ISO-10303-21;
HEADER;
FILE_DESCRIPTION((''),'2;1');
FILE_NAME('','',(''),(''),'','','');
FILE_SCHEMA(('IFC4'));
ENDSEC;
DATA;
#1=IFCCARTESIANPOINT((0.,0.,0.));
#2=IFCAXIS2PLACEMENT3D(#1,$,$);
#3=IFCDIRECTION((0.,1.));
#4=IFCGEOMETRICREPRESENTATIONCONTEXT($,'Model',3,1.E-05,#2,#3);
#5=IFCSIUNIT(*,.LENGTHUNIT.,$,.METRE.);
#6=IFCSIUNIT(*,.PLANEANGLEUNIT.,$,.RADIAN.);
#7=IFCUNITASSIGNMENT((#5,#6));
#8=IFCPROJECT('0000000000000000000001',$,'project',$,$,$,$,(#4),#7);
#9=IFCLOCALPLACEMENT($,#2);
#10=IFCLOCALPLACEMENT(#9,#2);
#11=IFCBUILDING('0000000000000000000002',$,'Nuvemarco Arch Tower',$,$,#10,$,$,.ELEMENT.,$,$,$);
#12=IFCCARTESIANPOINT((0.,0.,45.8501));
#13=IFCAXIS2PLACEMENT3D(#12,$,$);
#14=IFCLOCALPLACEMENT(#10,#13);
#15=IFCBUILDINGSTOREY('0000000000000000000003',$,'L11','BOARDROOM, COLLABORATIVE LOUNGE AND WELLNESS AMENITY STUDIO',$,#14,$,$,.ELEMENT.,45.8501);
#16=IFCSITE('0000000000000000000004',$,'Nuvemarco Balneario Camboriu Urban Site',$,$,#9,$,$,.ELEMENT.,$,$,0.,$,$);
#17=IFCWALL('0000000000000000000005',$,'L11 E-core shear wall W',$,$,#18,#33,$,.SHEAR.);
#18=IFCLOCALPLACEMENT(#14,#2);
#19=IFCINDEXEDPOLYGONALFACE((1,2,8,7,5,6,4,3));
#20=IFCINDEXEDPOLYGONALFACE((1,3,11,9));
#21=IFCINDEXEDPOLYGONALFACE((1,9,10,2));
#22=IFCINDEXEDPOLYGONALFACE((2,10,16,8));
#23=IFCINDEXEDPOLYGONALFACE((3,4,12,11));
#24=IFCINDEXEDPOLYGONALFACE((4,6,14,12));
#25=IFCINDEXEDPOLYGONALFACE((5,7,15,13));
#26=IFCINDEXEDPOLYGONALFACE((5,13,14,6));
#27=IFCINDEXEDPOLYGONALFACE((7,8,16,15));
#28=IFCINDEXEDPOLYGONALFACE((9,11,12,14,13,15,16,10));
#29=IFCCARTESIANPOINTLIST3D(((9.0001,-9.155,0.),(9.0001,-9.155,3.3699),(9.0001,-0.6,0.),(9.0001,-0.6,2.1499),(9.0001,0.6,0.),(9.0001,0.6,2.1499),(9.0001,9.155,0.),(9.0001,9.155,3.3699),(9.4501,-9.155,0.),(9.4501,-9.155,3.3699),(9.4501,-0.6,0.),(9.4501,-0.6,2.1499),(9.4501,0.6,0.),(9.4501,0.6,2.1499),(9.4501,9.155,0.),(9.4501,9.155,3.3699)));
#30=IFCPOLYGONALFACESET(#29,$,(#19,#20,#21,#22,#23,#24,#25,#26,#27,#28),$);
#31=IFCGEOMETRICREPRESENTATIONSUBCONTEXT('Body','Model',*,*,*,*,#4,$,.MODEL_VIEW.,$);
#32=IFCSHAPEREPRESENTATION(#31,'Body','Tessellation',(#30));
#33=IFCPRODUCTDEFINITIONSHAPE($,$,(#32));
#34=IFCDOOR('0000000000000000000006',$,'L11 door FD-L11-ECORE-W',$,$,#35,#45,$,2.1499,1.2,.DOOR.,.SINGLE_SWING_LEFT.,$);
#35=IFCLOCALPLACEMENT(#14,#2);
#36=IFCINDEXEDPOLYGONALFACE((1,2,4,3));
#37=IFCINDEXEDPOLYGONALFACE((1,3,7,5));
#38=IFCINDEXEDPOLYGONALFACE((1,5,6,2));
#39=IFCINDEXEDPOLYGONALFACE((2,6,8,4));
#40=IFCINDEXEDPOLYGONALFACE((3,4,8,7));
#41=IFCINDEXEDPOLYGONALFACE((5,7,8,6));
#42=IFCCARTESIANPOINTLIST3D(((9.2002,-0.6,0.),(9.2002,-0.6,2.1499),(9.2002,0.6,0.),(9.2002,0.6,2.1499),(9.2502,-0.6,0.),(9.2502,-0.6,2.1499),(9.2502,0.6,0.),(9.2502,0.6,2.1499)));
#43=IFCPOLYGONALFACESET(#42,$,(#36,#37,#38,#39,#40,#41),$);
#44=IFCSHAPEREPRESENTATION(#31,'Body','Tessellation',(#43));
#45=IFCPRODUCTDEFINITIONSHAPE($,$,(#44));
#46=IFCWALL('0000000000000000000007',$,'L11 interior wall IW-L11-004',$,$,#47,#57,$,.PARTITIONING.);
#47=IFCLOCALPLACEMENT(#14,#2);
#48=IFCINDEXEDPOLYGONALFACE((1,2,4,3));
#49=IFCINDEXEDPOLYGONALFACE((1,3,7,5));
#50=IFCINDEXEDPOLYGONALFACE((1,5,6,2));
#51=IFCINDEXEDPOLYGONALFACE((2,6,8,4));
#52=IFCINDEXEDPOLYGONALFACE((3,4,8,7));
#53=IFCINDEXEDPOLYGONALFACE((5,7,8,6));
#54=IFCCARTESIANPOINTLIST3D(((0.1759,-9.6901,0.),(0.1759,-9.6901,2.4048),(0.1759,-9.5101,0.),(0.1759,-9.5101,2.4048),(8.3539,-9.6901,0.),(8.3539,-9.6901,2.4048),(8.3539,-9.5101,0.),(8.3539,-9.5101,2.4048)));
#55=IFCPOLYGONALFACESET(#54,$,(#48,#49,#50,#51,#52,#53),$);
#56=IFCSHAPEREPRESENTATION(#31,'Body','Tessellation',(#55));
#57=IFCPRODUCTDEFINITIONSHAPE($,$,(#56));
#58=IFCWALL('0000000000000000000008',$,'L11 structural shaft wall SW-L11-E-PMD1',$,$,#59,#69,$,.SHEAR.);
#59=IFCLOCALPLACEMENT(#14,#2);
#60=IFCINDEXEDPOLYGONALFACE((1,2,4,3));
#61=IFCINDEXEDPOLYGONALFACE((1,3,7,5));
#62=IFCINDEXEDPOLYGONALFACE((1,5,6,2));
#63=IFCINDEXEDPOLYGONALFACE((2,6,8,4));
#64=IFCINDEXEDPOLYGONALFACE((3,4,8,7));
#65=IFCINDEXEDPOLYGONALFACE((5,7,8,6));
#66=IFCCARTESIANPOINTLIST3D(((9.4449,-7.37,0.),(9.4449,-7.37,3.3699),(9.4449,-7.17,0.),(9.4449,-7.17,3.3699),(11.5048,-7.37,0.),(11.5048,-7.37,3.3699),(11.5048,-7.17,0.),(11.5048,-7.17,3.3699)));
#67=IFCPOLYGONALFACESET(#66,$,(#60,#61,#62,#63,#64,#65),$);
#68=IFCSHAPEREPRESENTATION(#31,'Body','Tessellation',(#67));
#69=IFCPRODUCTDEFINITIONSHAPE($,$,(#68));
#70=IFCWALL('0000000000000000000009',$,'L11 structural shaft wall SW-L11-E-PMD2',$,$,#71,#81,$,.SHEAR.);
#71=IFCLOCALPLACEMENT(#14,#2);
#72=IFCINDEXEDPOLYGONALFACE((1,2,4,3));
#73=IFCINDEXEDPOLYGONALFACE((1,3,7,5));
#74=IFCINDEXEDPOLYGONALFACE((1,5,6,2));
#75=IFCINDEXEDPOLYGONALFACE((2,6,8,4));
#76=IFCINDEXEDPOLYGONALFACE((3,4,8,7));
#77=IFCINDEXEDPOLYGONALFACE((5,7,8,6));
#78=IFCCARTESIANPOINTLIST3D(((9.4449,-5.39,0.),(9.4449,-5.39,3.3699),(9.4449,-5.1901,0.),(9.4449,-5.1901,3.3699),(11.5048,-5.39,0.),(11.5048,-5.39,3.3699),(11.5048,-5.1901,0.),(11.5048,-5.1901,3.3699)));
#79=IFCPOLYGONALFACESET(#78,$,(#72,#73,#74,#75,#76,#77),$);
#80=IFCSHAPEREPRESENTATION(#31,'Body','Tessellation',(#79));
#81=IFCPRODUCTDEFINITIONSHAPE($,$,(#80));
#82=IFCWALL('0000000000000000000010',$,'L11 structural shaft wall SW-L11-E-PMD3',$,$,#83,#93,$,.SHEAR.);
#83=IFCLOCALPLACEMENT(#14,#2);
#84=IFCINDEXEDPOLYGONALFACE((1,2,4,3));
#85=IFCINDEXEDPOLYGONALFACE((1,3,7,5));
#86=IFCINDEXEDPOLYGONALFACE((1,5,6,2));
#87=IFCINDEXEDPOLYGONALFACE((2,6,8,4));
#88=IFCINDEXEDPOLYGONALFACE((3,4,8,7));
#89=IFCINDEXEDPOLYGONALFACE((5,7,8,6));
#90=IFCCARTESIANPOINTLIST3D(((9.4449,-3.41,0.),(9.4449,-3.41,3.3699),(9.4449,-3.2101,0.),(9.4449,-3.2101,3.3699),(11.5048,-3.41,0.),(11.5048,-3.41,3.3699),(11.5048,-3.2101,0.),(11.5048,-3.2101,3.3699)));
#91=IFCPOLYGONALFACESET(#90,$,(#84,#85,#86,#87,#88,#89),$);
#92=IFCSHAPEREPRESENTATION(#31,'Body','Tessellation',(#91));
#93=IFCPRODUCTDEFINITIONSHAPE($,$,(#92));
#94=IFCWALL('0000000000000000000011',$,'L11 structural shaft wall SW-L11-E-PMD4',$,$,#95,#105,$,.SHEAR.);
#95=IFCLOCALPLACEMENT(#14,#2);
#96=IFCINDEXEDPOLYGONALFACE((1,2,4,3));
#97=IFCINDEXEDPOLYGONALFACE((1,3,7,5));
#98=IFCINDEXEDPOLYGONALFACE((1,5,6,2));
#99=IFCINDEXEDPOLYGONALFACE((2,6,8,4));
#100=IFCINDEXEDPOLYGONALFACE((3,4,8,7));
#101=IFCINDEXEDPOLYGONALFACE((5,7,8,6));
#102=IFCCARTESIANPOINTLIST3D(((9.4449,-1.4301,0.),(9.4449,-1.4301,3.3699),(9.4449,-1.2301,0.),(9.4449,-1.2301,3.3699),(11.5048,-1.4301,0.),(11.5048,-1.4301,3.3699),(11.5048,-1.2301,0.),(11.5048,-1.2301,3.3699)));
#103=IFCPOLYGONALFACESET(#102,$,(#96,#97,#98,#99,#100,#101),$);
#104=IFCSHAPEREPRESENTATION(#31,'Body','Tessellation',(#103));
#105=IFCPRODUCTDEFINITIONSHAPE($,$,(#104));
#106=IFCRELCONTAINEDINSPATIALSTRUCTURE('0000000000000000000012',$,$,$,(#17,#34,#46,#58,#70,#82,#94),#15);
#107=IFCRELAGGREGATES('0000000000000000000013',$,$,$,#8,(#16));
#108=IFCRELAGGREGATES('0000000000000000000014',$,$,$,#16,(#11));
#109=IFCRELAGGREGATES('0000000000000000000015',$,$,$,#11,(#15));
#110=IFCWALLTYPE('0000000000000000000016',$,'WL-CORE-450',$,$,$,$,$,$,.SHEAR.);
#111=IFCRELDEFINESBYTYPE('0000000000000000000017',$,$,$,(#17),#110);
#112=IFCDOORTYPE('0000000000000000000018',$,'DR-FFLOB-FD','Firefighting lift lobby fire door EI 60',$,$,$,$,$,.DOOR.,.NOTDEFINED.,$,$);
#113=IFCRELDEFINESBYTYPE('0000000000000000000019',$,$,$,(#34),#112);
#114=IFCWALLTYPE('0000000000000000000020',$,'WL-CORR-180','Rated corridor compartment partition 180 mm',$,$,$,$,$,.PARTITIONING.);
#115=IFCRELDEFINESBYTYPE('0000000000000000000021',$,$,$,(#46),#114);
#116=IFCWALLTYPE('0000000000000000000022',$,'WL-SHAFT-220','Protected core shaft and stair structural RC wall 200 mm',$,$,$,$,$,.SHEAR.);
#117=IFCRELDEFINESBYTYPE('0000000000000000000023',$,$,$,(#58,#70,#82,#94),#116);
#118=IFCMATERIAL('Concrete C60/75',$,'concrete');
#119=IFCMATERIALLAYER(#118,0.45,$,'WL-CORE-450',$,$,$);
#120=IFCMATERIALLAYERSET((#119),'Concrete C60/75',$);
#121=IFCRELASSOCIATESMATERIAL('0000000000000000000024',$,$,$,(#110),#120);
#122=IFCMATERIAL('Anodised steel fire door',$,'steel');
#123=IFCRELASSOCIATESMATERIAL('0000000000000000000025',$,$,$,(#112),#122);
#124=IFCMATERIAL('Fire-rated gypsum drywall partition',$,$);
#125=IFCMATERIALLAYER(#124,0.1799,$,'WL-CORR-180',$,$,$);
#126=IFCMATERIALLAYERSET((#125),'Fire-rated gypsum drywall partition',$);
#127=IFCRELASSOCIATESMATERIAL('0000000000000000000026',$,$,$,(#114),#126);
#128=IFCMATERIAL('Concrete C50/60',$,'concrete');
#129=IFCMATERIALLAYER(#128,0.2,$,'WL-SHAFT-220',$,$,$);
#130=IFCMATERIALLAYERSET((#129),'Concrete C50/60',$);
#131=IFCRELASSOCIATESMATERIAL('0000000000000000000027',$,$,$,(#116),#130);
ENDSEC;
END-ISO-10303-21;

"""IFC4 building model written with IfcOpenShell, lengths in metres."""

from ifc_helpers import new_model, si_unit, direction, frame, frame_2d, origin, place, context, subcontext, project, spatial, rectangle, extrude, source, transform, mapped, material, layer, layer_set, type_object, type_shapes, element, fill, save


model = new_model("IFC4")

# Units and contexts
model_context = context("Model", 3, precision=1e-05, world=origin(), true_north=direction((0.0, 1.0)))
body_context = subcontext(model_context, "Body", "Model", "MODEL_VIEW")
ifc_project = project(units=[si_unit("LENGTHUNIT", "METRE"), si_unit("PLANEANGLEUNIT", "RADIAN")], contexts=[model_context])

# Site, building, storey
site_placement = place(None, origin())
site = spatial("IfcSite", under=ifc_project, at=site_placement, Name="Nuvemarco Balneario Camboriu Urban Site", CompositionType="ELEMENT", RefElevation=0.0)
building_placement = place(site_placement, origin())
building = spatial("IfcBuilding", under=site, at=building_placement, Name="Nuvemarco Arch Tower", CompositionType="ELEMENT")
storey_placement = place(building_placement, frame((0.0, 0.0, 45.8501)))
storey = spatial("IfcBuildingStorey", under=building, at=storey_placement, Name="L11", Description="BOARDROOM, COLLABORATIVE LOUNGE AND WELLNESS AMENITY STUDIO", CompositionType="ELEMENT", Elevation=45.8501)

# Shared definitions
ifc_material_1 = material(Name="Concrete C60/75", Category="concrete")

# Shared definitions
ifc_material_2 = material(Name="Concrete C50/60", Category="concrete")

# Shared definitions
ifc_layer_1 = layer(ifc_material_1, 0.45, Name="WL-CORE-450")
ifc_layer_set_1 = layer_set([ifc_layer_1], Name="Concrete C60/75")
wall_type_1 = type_object("IfcWallType", Name="WL-CORE-450", PredefinedType="SHEAR", material=ifc_layer_set_1)

# Wall, opening, door
wall_1_placement = place(storey_placement, frame((9.2251, -9.155, 0.0), z_axis=(0.0, 0.0, 1.0), x_axis=(0.0, 1.0, 0.0)))
wall_1 = element("IfcWall", 1, at=wall_1_placement, inside=storey, type_object=wall_type_1, Name="L11 E-core shear wall W", PredefinedType="SHEAR", context=body_context, shape_type="SweptSolid", body=[
    extrude(rectangle(XDim=18.3101, YDim=0.45, at=frame_2d((9.155, 0.0))), origin(), (0.0, 0.0, 1.0), 3.3699),
])
opening_placement = place(wall_1_placement, frame((8.5549, 0.0, 0.0)))
opening = element("IfcOpeningElement", 2, at=opening_placement, cuts=wall_1, PredefinedType="OPENING", context=body_context, shape_type="SweptSolid", body=[
    extrude(rectangle(XDim=1.2, YDim=2.1499, at=frame_2d((0.6001, 1.075))), frame((0.0, 0.2349, 0.0), z_axis=(0.0, -1.0, 0.0), x_axis=(1.0, 0.0, 0.0)), (0.0, 0.0, 1.0), 0.47),
])
ifc_material_3 = material(Name="Anodised steel fire door", Category="steel")
door_type = type_object("IfcDoorType", Name="DR-FFLOB-FD", Description="Firefighting lift lobby fire door EI 60", OperationType="NOTDEFINED", PredefinedType="DOOR", material=ifc_material_3)
shared_shape = source(origin(), body_context, "Body", "SweptSolid", [
    extrude(rectangle(XDim=1.2, YDim=2.1499, at=frame_2d((0.6001, 1.075))), frame((0.0, 0.0249, 0.0), z_axis=(0.0, -1.0, 0.0), x_axis=(1.0, 0.0, 0.0)), (0.0, 0.0, 1.0), 0.05),
])
type_shapes(door_type, [shared_shape])
door_placement = place(opening_placement, origin())
door = element("IfcDoor", 3, at=door_placement, inside=storey, type_object=door_type, Name="L11 door FD-L11-ECORE-W", OperationType="SINGLE_SWING_LEFT", OverallHeight=2.1499, OverallWidth=1.2, PredefinedType="DOOR", context=body_context, shape_type="MappedRepresentation", body=[
    mapped(shared_shape, transform((0.0, 0.0, 0.0), scale=1.0)),
])
fill(opening, door)

# Walls
ifc_material_4 = material(Name="Fire-rated gypsum drywall partition")
ifc_layer_2 = layer(ifc_material_4, 0.1799, Name="WL-CORR-180")
ifc_layer_set_2 = layer_set([ifc_layer_2], Name="Fire-rated gypsum drywall partition")
wall_type_2 = type_object("IfcWallType", Name="WL-CORR-180", Description="Rated corridor compartment partition 180 mm", PredefinedType="PARTITIONING", material=ifc_layer_set_2)
wall_2_placement = place(storey_placement, frame((0.176, -9.6001, 0.0), z_axis=(0.0, 0.0, 1.0), x_axis=(1.0, 0.0, 0.0)))
element("IfcWall", 4, at=wall_2_placement, inside=storey, type_object=wall_type_2, Name="L11 interior wall IW-L11-004", PredefinedType="PARTITIONING", context=body_context, shape_type="SweptSolid", body=[
    extrude(rectangle(XDim=8.178, YDim=0.1799, at=frame_2d((4.0889, 0.0))), origin(), (0.0, 0.0, 1.0), 2.4048),
])
ifc_layer_3 = layer(ifc_material_2, 0.2, Name="WL-SHAFT-220")
ifc_layer_set_3 = layer_set([ifc_layer_3], Name="Concrete C50/60")
wall_type_3 = type_object("IfcWallType", Name="WL-SHAFT-220", Description="Protected core shaft and stair structural RC wall 200 mm", PredefinedType="SHEAR", material=ifc_layer_set_3)
for number, where, z_axis, x_axis, name in (
    (5, (9.4451, -7.27, 0.0), (0.0, 0.0, 1.0), (1.0, 0.0, 0.0), "L11 structural shaft wall SW-L11-E-PMD1"),
    (6, (9.4451, -5.29, 0.0), (0.0, 0.0, 1.0), (1.0, 0.0, 0.0), "L11 structural shaft wall SW-L11-E-PMD2"),
    (7, (9.4451, -3.3101, 0.0), (0.0, 0.0, 1.0), (1.0, 0.0, 0.0), "L11 structural shaft wall SW-L11-E-PMD3"),
    (8, (9.4451, -1.3301, 0.0), (0.0, 0.0, 1.0), (1.0, 0.0, 0.0), "L11 structural shaft wall SW-L11-E-PMD4"),
):
    element("IfcWall", number, at=place(storey_placement, frame(where, z_axis=z_axis, x_axis=x_axis)), inside=storey, type_object=wall_type_3, Name=name, PredefinedType="SHEAR", context=body_context, shape_type="SweptSolid", body=[
        extrude(rectangle(XDim=2.0598, YDim=0.2, at=frame_2d((1.0298, 0.0))), origin(), (0.0, 0.0, 1.0), 3.3699),
    ])

save(model, "model.ifc")
